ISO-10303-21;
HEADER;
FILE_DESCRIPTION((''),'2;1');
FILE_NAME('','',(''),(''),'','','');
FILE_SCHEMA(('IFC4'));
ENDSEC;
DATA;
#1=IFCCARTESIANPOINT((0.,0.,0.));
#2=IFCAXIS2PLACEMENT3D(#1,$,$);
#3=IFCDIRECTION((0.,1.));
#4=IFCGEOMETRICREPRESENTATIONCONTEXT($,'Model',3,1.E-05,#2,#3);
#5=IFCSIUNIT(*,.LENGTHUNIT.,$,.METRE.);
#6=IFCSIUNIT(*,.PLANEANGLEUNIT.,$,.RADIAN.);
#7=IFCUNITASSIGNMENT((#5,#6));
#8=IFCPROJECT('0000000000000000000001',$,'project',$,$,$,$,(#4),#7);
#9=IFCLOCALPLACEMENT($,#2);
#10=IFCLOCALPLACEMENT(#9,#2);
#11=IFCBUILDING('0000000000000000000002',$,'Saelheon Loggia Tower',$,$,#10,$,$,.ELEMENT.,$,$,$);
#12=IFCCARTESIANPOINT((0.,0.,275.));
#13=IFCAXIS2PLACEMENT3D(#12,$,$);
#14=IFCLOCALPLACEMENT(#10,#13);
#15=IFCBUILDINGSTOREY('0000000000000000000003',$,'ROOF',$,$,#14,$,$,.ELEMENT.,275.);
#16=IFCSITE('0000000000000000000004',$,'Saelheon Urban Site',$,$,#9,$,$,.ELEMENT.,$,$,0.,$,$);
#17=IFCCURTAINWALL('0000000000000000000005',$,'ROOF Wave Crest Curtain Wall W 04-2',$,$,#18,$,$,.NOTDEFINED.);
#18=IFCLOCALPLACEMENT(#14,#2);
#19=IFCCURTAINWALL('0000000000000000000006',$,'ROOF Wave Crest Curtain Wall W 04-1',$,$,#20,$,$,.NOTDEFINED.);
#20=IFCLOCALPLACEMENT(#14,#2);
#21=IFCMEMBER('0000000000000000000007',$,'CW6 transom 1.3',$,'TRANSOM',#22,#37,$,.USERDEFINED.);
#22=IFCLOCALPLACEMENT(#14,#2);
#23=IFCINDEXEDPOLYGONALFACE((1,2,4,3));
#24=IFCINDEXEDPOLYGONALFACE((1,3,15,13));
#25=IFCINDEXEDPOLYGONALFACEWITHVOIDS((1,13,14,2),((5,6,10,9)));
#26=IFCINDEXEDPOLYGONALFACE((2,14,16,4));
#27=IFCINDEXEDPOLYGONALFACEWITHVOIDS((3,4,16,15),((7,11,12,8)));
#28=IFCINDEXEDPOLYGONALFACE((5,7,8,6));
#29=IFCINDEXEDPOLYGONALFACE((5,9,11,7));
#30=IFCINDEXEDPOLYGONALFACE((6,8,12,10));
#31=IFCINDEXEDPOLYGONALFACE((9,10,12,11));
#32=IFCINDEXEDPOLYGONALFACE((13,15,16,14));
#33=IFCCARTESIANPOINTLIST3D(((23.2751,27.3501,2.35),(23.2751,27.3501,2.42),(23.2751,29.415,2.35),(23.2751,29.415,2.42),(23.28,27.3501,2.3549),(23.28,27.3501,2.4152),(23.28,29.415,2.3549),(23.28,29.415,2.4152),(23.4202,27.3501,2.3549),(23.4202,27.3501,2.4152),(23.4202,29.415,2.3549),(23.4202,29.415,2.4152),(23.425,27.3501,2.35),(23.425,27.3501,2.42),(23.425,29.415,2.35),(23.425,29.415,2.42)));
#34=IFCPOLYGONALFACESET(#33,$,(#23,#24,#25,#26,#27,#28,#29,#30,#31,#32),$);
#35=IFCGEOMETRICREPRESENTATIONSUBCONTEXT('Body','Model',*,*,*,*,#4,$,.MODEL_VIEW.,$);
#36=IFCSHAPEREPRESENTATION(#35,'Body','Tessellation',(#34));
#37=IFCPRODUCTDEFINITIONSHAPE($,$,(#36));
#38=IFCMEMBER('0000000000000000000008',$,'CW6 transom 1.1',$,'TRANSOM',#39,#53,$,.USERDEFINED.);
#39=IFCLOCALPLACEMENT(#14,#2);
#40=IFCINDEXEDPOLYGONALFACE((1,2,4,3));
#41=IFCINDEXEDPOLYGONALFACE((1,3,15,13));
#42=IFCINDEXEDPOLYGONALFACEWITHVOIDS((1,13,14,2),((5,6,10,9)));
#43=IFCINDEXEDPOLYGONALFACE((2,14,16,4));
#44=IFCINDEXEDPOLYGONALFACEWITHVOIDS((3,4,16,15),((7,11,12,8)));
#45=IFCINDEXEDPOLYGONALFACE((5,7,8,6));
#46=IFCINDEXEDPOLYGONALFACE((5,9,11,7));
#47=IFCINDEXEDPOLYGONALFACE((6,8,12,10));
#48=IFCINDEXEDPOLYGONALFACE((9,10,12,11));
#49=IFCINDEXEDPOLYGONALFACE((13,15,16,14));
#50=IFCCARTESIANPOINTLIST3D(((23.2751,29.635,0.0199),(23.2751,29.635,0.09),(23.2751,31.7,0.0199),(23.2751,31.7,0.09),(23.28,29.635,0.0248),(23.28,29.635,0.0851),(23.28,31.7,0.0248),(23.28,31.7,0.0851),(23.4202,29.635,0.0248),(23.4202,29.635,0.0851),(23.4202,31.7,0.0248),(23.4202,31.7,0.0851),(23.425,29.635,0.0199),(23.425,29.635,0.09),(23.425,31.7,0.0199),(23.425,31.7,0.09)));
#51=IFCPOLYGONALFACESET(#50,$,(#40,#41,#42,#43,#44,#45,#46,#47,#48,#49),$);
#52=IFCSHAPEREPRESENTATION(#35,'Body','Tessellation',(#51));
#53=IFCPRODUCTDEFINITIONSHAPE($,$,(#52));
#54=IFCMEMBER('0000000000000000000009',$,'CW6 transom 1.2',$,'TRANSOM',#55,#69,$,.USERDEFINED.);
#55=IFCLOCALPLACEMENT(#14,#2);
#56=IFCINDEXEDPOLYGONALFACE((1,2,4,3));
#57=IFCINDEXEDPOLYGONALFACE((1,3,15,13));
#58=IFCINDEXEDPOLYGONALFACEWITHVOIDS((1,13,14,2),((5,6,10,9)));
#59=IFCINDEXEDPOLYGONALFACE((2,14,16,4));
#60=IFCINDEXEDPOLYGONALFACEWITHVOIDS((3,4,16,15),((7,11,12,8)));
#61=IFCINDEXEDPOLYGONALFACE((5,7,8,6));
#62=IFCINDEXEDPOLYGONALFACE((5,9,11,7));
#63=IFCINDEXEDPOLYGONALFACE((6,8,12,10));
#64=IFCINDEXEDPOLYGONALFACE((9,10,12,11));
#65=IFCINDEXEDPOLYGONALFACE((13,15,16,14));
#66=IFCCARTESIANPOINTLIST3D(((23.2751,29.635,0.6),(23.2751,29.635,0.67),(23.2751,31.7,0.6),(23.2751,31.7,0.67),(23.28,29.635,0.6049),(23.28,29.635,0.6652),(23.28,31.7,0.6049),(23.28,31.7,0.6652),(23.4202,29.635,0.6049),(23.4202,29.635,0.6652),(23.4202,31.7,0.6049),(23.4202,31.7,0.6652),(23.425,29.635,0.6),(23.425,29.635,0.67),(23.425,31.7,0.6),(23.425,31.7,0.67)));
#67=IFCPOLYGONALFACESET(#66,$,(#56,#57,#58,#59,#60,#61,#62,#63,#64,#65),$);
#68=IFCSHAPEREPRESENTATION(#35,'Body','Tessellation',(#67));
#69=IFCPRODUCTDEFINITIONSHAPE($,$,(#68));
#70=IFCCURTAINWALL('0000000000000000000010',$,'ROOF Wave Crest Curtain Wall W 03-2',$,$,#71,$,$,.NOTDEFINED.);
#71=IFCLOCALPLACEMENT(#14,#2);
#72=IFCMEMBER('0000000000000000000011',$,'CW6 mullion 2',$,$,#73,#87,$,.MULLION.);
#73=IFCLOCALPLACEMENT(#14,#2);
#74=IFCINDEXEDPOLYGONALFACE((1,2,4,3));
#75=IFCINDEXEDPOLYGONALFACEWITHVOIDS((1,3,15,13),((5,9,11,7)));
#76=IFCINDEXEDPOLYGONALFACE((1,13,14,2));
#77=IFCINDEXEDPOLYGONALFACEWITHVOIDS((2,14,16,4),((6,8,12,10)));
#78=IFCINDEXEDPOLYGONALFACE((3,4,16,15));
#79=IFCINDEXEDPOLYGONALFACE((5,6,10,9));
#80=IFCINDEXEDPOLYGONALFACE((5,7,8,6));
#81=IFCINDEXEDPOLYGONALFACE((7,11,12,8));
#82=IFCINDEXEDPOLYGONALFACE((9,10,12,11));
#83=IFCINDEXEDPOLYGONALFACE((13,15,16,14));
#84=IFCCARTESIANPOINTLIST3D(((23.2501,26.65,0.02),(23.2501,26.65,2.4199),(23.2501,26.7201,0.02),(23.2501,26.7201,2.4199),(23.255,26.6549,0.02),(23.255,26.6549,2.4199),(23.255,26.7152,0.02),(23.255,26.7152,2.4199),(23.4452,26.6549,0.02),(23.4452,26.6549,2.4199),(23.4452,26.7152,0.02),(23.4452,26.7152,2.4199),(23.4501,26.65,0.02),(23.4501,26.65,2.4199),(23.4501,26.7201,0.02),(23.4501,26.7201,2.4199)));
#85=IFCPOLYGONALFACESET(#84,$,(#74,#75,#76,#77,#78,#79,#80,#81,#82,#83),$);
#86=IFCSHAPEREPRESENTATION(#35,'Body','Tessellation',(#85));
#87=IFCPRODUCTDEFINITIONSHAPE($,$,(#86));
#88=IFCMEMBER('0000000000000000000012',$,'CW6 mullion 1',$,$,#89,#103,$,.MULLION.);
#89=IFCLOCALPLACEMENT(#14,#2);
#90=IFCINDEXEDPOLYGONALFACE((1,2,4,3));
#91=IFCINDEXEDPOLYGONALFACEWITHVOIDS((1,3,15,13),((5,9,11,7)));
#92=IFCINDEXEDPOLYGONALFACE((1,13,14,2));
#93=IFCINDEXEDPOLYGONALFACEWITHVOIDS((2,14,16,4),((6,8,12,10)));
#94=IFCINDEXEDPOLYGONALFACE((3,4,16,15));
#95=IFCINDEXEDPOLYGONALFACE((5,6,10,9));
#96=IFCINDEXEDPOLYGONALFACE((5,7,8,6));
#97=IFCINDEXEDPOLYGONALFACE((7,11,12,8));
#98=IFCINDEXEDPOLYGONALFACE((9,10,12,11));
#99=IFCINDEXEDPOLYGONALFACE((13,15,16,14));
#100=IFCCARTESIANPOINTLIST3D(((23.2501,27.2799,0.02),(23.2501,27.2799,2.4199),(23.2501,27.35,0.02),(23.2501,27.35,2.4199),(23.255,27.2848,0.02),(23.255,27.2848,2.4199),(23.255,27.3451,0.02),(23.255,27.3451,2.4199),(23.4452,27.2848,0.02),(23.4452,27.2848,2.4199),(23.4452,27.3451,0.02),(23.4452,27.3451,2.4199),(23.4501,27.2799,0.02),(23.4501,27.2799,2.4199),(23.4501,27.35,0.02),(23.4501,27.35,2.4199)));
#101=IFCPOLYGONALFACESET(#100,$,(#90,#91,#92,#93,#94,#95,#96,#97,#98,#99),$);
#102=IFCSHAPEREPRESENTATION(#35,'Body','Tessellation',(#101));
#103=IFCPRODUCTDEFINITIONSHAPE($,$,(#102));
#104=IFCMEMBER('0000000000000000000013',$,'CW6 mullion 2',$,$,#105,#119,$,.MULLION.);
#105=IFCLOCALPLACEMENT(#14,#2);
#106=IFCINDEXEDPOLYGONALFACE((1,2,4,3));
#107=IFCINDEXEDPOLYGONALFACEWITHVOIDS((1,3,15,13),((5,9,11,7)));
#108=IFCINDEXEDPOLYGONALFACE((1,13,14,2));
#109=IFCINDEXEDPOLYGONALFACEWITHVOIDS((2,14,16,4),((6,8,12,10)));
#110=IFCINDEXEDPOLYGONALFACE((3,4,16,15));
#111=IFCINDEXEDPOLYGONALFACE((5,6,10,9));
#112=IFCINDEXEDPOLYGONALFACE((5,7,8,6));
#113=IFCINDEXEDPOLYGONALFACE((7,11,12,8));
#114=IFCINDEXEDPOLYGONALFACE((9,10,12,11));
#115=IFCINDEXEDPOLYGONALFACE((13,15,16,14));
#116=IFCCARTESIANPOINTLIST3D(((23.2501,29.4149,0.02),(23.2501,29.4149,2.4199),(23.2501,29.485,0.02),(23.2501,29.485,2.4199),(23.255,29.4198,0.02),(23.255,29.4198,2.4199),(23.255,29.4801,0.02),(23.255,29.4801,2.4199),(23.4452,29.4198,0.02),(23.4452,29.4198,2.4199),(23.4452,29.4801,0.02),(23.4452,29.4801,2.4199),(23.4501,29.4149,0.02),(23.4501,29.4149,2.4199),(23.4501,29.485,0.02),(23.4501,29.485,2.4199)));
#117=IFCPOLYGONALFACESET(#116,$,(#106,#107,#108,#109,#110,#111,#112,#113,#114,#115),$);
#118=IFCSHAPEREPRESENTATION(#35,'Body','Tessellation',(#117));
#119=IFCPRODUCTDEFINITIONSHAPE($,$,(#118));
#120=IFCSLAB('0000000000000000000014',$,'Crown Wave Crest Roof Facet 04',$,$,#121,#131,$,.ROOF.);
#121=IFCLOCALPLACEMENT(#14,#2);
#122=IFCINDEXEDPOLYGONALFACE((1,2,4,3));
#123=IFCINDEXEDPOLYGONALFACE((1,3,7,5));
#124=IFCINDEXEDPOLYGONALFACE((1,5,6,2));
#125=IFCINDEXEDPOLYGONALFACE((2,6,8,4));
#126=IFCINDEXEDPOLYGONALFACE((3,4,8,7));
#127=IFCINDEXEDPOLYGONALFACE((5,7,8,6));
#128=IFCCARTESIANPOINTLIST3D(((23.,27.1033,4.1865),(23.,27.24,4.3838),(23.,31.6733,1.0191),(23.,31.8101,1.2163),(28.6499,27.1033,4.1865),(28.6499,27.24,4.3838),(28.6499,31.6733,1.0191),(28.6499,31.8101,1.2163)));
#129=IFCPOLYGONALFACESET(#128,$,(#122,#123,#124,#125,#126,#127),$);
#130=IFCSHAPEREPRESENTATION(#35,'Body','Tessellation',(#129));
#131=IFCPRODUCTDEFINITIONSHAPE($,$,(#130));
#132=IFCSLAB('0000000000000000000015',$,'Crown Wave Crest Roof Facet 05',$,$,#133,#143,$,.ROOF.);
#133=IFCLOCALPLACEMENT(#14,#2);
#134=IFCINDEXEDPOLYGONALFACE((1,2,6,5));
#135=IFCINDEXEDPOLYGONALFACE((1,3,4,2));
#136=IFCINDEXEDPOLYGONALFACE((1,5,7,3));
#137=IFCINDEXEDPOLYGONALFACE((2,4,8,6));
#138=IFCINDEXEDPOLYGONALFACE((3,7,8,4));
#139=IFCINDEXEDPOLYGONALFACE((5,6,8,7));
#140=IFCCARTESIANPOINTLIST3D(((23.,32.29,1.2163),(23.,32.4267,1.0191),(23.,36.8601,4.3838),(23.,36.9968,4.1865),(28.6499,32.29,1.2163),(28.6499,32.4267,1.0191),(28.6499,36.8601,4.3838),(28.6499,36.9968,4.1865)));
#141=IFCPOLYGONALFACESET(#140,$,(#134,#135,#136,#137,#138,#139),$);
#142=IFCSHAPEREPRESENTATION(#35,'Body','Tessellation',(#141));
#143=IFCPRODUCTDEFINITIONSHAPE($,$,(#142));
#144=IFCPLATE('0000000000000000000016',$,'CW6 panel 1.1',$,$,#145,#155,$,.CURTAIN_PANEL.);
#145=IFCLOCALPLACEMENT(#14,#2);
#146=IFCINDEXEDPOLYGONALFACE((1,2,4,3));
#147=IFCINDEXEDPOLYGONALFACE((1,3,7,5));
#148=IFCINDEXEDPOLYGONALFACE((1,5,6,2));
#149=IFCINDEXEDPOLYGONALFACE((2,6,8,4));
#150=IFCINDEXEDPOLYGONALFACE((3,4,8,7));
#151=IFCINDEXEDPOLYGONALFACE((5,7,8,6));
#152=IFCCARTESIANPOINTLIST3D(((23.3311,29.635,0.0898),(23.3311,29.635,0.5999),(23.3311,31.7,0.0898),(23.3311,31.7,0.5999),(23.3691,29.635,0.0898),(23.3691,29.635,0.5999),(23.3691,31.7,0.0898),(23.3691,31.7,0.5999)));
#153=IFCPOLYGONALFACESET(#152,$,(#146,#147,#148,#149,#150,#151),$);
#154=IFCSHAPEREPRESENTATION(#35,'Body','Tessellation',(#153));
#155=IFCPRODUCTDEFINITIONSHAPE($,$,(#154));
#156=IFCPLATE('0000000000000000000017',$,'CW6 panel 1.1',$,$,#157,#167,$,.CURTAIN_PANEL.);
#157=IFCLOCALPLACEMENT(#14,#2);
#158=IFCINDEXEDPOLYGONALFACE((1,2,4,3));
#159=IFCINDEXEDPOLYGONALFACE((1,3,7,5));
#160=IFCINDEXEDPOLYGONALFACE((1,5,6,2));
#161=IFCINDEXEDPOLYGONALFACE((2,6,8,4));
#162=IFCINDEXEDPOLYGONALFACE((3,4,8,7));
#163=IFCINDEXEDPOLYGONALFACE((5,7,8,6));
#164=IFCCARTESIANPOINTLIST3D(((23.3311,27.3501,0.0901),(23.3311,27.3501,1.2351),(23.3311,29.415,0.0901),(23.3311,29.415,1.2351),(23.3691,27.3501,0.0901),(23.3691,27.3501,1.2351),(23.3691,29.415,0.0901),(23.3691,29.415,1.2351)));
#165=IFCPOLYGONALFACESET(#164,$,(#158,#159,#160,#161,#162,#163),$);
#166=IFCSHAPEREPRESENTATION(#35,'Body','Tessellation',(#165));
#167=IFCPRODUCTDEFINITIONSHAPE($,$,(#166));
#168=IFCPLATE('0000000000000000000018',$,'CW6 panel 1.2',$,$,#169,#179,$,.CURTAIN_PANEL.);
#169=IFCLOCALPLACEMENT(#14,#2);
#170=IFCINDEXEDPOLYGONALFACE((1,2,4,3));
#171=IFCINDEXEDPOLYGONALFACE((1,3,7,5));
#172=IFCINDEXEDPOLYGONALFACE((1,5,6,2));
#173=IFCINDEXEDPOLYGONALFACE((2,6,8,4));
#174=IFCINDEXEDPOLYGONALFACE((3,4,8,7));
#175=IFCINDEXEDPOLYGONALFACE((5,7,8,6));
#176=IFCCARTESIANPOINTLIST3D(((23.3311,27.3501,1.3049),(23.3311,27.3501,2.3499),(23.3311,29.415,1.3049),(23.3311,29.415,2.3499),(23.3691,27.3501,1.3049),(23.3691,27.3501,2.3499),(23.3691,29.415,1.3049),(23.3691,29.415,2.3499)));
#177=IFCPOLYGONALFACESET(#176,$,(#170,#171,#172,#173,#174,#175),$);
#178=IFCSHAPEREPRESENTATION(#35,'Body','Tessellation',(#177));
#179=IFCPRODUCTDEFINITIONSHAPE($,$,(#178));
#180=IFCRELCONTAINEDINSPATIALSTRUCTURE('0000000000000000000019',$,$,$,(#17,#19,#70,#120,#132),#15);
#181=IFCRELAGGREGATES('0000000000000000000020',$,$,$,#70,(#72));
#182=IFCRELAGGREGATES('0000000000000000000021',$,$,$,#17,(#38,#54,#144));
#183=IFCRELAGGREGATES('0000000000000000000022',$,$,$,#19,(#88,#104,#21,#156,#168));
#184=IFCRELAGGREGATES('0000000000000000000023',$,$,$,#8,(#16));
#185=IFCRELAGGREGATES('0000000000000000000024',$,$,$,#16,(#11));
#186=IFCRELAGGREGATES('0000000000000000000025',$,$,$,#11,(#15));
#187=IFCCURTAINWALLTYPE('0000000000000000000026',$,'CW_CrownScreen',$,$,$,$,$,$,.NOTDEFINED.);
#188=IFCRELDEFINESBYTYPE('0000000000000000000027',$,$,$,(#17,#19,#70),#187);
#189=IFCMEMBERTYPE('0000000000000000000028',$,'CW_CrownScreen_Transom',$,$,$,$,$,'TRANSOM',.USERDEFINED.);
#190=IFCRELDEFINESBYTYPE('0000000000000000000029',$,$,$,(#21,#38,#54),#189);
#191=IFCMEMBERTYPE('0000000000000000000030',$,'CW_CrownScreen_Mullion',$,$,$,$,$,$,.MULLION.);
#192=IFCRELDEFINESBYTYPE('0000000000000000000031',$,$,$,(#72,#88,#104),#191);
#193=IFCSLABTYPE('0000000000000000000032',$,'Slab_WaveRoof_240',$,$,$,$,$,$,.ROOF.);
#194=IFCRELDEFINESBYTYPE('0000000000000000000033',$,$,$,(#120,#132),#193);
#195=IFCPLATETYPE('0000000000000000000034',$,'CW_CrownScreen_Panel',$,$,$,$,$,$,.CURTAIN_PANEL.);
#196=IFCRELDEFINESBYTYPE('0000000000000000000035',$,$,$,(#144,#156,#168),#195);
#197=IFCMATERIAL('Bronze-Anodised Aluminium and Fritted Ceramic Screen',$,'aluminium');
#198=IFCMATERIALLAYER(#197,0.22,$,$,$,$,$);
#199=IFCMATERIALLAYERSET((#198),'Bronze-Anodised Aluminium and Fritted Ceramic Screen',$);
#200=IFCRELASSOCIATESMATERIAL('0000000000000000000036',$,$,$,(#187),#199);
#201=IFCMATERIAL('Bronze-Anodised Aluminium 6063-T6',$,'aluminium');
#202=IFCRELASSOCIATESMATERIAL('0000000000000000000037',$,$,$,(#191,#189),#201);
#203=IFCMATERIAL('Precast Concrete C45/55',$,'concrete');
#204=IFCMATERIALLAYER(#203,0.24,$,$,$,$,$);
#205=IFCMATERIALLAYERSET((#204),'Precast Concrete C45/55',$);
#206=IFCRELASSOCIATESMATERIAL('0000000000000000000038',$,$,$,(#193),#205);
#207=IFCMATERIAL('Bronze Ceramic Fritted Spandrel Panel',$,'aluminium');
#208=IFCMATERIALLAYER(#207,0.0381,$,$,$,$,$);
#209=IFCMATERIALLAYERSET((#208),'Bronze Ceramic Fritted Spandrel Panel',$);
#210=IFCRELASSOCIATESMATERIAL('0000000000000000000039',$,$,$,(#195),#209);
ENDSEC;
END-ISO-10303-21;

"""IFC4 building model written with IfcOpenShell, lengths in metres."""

from ifc_helpers import new_model, si_unit, direction, frame, origin, origin_2d, place, context, subcontext, project, spatial, polyline, rectangle, hollow_rectangle, outline, extrude, source, transform, mapped, material, layer, layer_set, material_profile, profile_set, type_object, element, aggregate, save


model = new_model("IFC4")

# Units and contexts
model_context = context("Model", 3, precision=1e-05, world=origin(), true_north=direction((0.0, 1.0)))
body_context = subcontext(model_context, "Body", "Model", "MODEL_VIEW")
ifc_project = project(units=[si_unit("LENGTHUNIT", "METRE"), si_unit("PLANEANGLEUNIT", "RADIAN")], contexts=[model_context])

# Site, building, storey
site_placement = place(None, origin())
site = spatial("IfcSite", under=ifc_project, at=site_placement, Name="Saelheon Urban Site", CompositionType="ELEMENT", RefElevation=0.0)
building_placement = place(site_placement, origin())
building = spatial("IfcBuilding", under=site, at=building_placement, Name="Saelheon Loggia Tower", CompositionType="ELEMENT")
storey_placement = place(building_placement, frame((0.0, 0.0, 275.0)))
storey = spatial("IfcBuildingStorey", under=building, at=storey_placement, Name="ROOF", CompositionType="ELEMENT", Elevation=275.0)

# Curtain walls, member
ifc_material_1 = material(Name="Bronze-Anodised Aluminium and Fritted Ceramic Screen", Category="aluminium")
ifc_layer_1 = layer(ifc_material_1, 0.22)
ifc_layer_set_1 = layer_set([ifc_layer_1], Name="Bronze-Anodised Aluminium and Fritted Ceramic Screen")
curtain_wall_type = type_object("IfcCurtainWallType", Name="CW_CrownScreen", PredefinedType="NOTDEFINED", material=ifc_layer_set_1)
curtain_wall_1_placement = place(storey_placement, origin())
curtain_wall_1 = element("IfcCurtainWall", 1, at=curtain_wall_1_placement, inside=storey, type_object=curtain_wall_type, Name="ROOF Wave Crest Curtain Wall W 04-2", PredefinedType="NOTDEFINED")
ifc_material_2 = material(Name="Bronze-Anodised Aluminium 6063-T6", Category="aluminium")
ifc_material_profile_1 = material_profile(ifc_material_2, hollow_rectangle(XDim=0.0701, YDim=0.2, WallThickness=0.0049, at=origin_2d()), Name="RHS-200x70x5")
ifc_profile_set_1 = profile_set([ifc_material_profile_1], Name="Bronze-Anodised Aluminium 6063-T6")
member_type_1 = type_object("IfcMemberType", Name="CW_CrownScreen_Mullion", PredefinedType="MULLION", material=ifc_profile_set_1)
curtain_wall_2_placement = place(storey_placement, origin())
curtain_wall_2 = element("IfcCurtainWall", 2, at=curtain_wall_2_placement, inside=storey, type_object=curtain_wall_type, Name="ROOF Wave Crest Curtain Wall W 04-1", PredefinedType="NOTDEFINED")
ifc_material_profile_2 = material_profile(ifc_material_2, hollow_rectangle(XDim=0.0701, YDim=0.1499, WallThickness=0.0049, at=origin_2d()), Name="RHS-150x70x5")
ifc_profile_set_2 = profile_set([ifc_material_profile_2], Name="Bronze-Anodised Aluminium 6063-T6")
member_type_2 = type_object("IfcMemberType", Name="CW_CrownScreen_Transom", ElementType="TRANSOM", PredefinedType="USERDEFINED", material=ifc_profile_set_2)
shared_shape_1 = source(origin(), body_context, "Body", "SweptSolid", [
    extrude(hollow_rectangle(XDim=0.0701, YDim=0.1499, WallThickness=0.0049, at=origin_2d()), origin(), (0.0, 0.0, 1.0), 2.0649),
])
member_1_placement = place(storey_placement, frame((23.3501, 27.3501, 2.385), z_axis=(0.0, 1.0, 0.0), x_axis=(0.0, 0.0, 1.0)))
member_1 = element("IfcMember", 3, at=member_1_placement, type_object=member_type_2, Name="CW6 transom 1.3", ObjectType="TRANSOM", PredefinedType="USERDEFINED", context=body_context, shape_type="MappedRepresentation", body=[
    mapped(shared_shape_1, transform((0.0, 0.0, 0.0), scale=1.0)),
])

# Members
member_2_placement = place(storey_placement, frame((23.3501, 29.635, 0.0549), z_axis=(0.0, 1.0, 0.0), x_axis=(0.0, 0.0, 1.0)))
member_2 = element("IfcMember", 4, at=member_2_placement, type_object=member_type_2, Name="CW6 transom 1.1", ObjectType="TRANSOM", PredefinedType="USERDEFINED", context=body_context, shape_type="MappedRepresentation", body=[
    mapped(shared_shape_1, transform((0.0, 0.0, 0.0), scale=1.0)),
])
member_3_placement = place(storey_placement, frame((23.3501, 29.635, 0.635), z_axis=(0.0, 1.0, 0.0), x_axis=(0.0, 0.0, 1.0)))
member_3 = element("IfcMember", 5, at=member_3_placement, type_object=member_type_2, Name="CW6 transom 1.2", ObjectType="TRANSOM", PredefinedType="USERDEFINED", context=body_context, shape_type="MappedRepresentation", body=[
    mapped(shared_shape_1, transform((0.0, 0.0, 0.0), scale=1.0)),
])

# Curtain wall, member
curtain_wall_3_placement = place(storey_placement, origin())
curtain_wall_3 = element("IfcCurtainWall", 6, at=curtain_wall_3_placement, inside=storey, type_object=curtain_wall_type, Name="ROOF Wave Crest Curtain Wall W 03-2", PredefinedType="NOTDEFINED")
shared_shape_2 = source(origin(), body_context, "Body", "SweptSolid", [
    extrude(hollow_rectangle(XDim=0.0701, YDim=0.2, WallThickness=0.0049, at=origin_2d()), origin(), (0.0, 0.0, 1.0), 2.3999),
])
member_4_placement = place(storey_placement, frame((23.3501, 26.6851, 0.02), z_axis=(0.0, 0.0, 1.0), x_axis=(0.0, 1.0, 0.0)))
member_4 = element("IfcMember", 7, at=member_4_placement, type_object=member_type_1, Name="CW6 mullion 2", PredefinedType="MULLION", context=body_context, shape_type="MappedRepresentation", body=[
    mapped(shared_shape_2, transform((0.0, 0.0, 0.0), scale=1.0)),
])
aggregate(curtain_wall_3, [member_4])

# Members
member_5_placement = place(storey_placement, frame((23.3501, 27.3149, 0.02), z_axis=(0.0, 0.0, 1.0), x_axis=(0.0, 1.0, 0.0)))
member_5 = element("IfcMember", 8, at=member_5_placement, type_object=member_type_1, Name="CW6 mullion 1", PredefinedType="MULLION", context=body_context, shape_type="MappedRepresentation", body=[
    mapped(shared_shape_2, transform((0.0, 0.0, 0.0), scale=1.0)),
])
member_6_placement = place(storey_placement, frame((23.3501, 29.45, 0.02), z_axis=(0.0, 0.0, 1.0), x_axis=(0.0, 1.0, 0.0)))
member_6 = element("IfcMember", 9, at=member_6_placement, type_object=member_type_1, Name="CW6 mullion 2", PredefinedType="MULLION", context=body_context, shape_type="MappedRepresentation", body=[
    mapped(shared_shape_2, transform((0.0, 0.0, 0.0), scale=1.0)),
])

# Slabs
ifc_material_3 = material(Name="Precast Concrete C45/55", Category="concrete")
ifc_layer_2 = layer(ifc_material_3, 0.24)
ifc_layer_set_2 = layer_set([ifc_layer_2], Name="Precast Concrete C45/55")
slab_type = type_object("IfcSlabType", Name="Slab_WaveRoof_240", PredefinedType="ROOF", material=ifc_layer_set_2)
for number, where, z_axis, x_axis, name in (
    (10, (23.0, 27.24, 4.3838), (0.0, 0.569646, 0.82189), (1.0, 0.0, 0.0), "Crown Wave Crest Roof Facet 04"),
    (11, (23.0, 32.29, 1.2163), (0.0, -0.569646, 0.82189), (1.0, 0.0, 0.0), "Crown Wave Crest Roof Facet 05"),
):
    element("IfcSlab", number, at=place(storey_placement, frame(where, z_axis=z_axis, x_axis=x_axis)), inside=storey, type_object=slab_type, Name=name, PredefinedType="ROOF", context=body_context, shape_type="SweptSolid", body=[
        extrude(outline(polyline([(0.0, 0.0), (5.6499, 0.0), (5.6499, 5.5604), (0.0, 5.5604), (0.0, 0.0)])), origin(), (0.0, 0.0, -1.0), 0.24),
    ])

# Plates
ifc_material_4 = material(Name="Bronze Ceramic Fritted Spandrel Panel", Category="aluminium")
ifc_layer_3 = layer(ifc_material_4, 0.0381)
ifc_layer_set_3 = layer_set([ifc_layer_3], Name="Bronze Ceramic Fritted Spandrel Panel")
plate_type = type_object("IfcPlateType", Name="CW_CrownScreen_Panel", PredefinedType="CURTAIN_PANEL", material=ifc_layer_set_3)
shared_shape_3 = source(origin(), body_context, "Body", "SweptSolid", [
    extrude(rectangle(XDim=2.0649, YDim=0.0381, at=origin_2d()), origin(), (0.0, 0.0, 1.0), 0.51),
])
plate_1_placement = place(storey_placement, frame((23.3501, 30.6675, 0.0898), z_axis=(0.0, 0.0, 1.0), x_axis=(0.0, 1.0, 0.0)))
plate_1 = element("IfcPlate", 12, at=plate_1_placement, type_object=plate_type, Name="CW6 panel 1.1", PredefinedType="CURTAIN_PANEL", context=body_context, shape_type="MappedRepresentation", body=[
    mapped(shared_shape_3, transform((0.0, 0.0, 0.0), scale=1.0)),
])
aggregate(curtain_wall_1, [member_2, member_3, plate_1])
shared_shape_4 = source(origin(), body_context, "Body", "SweptSolid", [
    extrude(rectangle(XDim=2.0649, YDim=0.0381, at=origin_2d()), origin(), (0.0, 0.0, 1.0), 1.145),
])
plate_2_placement = place(storey_placement, frame((23.3501, 28.3826, 0.0901), z_axis=(0.0, 0.0, 1.0), x_axis=(0.0, 1.0, 0.0)))
plate_2 = element("IfcPlate", 13, at=plate_2_placement, type_object=plate_type, Name="CW6 panel 1.1", PredefinedType="CURTAIN_PANEL", context=body_context, shape_type="MappedRepresentation", body=[
    mapped(shared_shape_4, transform((0.0, 0.0, 0.0), scale=1.0)),
])
shared_shape_5 = source(origin(), body_context, "Body", "SweptSolid", [
    extrude(rectangle(XDim=2.0649, YDim=0.0381, at=origin_2d()), origin(), (0.0, 0.0, 1.0), 1.0449),
])
plate_3_placement = place(storey_placement, frame((23.3501, 28.3826, 1.3049), z_axis=(0.0, 0.0, 1.0), x_axis=(0.0, 1.0, 0.0)))
plate_3 = element("IfcPlate", 14, at=plate_3_placement, type_object=plate_type, Name="CW6 panel 1.2", PredefinedType="CURTAIN_PANEL", context=body_context, shape_type="MappedRepresentation", body=[
    mapped(shared_shape_5, transform((0.0, 0.0, 0.0), scale=1.0)),
])
aggregate(curtain_wall_2, [member_5, member_6, member_1, plate_2, plate_3])

save(model, "model.ifc")
